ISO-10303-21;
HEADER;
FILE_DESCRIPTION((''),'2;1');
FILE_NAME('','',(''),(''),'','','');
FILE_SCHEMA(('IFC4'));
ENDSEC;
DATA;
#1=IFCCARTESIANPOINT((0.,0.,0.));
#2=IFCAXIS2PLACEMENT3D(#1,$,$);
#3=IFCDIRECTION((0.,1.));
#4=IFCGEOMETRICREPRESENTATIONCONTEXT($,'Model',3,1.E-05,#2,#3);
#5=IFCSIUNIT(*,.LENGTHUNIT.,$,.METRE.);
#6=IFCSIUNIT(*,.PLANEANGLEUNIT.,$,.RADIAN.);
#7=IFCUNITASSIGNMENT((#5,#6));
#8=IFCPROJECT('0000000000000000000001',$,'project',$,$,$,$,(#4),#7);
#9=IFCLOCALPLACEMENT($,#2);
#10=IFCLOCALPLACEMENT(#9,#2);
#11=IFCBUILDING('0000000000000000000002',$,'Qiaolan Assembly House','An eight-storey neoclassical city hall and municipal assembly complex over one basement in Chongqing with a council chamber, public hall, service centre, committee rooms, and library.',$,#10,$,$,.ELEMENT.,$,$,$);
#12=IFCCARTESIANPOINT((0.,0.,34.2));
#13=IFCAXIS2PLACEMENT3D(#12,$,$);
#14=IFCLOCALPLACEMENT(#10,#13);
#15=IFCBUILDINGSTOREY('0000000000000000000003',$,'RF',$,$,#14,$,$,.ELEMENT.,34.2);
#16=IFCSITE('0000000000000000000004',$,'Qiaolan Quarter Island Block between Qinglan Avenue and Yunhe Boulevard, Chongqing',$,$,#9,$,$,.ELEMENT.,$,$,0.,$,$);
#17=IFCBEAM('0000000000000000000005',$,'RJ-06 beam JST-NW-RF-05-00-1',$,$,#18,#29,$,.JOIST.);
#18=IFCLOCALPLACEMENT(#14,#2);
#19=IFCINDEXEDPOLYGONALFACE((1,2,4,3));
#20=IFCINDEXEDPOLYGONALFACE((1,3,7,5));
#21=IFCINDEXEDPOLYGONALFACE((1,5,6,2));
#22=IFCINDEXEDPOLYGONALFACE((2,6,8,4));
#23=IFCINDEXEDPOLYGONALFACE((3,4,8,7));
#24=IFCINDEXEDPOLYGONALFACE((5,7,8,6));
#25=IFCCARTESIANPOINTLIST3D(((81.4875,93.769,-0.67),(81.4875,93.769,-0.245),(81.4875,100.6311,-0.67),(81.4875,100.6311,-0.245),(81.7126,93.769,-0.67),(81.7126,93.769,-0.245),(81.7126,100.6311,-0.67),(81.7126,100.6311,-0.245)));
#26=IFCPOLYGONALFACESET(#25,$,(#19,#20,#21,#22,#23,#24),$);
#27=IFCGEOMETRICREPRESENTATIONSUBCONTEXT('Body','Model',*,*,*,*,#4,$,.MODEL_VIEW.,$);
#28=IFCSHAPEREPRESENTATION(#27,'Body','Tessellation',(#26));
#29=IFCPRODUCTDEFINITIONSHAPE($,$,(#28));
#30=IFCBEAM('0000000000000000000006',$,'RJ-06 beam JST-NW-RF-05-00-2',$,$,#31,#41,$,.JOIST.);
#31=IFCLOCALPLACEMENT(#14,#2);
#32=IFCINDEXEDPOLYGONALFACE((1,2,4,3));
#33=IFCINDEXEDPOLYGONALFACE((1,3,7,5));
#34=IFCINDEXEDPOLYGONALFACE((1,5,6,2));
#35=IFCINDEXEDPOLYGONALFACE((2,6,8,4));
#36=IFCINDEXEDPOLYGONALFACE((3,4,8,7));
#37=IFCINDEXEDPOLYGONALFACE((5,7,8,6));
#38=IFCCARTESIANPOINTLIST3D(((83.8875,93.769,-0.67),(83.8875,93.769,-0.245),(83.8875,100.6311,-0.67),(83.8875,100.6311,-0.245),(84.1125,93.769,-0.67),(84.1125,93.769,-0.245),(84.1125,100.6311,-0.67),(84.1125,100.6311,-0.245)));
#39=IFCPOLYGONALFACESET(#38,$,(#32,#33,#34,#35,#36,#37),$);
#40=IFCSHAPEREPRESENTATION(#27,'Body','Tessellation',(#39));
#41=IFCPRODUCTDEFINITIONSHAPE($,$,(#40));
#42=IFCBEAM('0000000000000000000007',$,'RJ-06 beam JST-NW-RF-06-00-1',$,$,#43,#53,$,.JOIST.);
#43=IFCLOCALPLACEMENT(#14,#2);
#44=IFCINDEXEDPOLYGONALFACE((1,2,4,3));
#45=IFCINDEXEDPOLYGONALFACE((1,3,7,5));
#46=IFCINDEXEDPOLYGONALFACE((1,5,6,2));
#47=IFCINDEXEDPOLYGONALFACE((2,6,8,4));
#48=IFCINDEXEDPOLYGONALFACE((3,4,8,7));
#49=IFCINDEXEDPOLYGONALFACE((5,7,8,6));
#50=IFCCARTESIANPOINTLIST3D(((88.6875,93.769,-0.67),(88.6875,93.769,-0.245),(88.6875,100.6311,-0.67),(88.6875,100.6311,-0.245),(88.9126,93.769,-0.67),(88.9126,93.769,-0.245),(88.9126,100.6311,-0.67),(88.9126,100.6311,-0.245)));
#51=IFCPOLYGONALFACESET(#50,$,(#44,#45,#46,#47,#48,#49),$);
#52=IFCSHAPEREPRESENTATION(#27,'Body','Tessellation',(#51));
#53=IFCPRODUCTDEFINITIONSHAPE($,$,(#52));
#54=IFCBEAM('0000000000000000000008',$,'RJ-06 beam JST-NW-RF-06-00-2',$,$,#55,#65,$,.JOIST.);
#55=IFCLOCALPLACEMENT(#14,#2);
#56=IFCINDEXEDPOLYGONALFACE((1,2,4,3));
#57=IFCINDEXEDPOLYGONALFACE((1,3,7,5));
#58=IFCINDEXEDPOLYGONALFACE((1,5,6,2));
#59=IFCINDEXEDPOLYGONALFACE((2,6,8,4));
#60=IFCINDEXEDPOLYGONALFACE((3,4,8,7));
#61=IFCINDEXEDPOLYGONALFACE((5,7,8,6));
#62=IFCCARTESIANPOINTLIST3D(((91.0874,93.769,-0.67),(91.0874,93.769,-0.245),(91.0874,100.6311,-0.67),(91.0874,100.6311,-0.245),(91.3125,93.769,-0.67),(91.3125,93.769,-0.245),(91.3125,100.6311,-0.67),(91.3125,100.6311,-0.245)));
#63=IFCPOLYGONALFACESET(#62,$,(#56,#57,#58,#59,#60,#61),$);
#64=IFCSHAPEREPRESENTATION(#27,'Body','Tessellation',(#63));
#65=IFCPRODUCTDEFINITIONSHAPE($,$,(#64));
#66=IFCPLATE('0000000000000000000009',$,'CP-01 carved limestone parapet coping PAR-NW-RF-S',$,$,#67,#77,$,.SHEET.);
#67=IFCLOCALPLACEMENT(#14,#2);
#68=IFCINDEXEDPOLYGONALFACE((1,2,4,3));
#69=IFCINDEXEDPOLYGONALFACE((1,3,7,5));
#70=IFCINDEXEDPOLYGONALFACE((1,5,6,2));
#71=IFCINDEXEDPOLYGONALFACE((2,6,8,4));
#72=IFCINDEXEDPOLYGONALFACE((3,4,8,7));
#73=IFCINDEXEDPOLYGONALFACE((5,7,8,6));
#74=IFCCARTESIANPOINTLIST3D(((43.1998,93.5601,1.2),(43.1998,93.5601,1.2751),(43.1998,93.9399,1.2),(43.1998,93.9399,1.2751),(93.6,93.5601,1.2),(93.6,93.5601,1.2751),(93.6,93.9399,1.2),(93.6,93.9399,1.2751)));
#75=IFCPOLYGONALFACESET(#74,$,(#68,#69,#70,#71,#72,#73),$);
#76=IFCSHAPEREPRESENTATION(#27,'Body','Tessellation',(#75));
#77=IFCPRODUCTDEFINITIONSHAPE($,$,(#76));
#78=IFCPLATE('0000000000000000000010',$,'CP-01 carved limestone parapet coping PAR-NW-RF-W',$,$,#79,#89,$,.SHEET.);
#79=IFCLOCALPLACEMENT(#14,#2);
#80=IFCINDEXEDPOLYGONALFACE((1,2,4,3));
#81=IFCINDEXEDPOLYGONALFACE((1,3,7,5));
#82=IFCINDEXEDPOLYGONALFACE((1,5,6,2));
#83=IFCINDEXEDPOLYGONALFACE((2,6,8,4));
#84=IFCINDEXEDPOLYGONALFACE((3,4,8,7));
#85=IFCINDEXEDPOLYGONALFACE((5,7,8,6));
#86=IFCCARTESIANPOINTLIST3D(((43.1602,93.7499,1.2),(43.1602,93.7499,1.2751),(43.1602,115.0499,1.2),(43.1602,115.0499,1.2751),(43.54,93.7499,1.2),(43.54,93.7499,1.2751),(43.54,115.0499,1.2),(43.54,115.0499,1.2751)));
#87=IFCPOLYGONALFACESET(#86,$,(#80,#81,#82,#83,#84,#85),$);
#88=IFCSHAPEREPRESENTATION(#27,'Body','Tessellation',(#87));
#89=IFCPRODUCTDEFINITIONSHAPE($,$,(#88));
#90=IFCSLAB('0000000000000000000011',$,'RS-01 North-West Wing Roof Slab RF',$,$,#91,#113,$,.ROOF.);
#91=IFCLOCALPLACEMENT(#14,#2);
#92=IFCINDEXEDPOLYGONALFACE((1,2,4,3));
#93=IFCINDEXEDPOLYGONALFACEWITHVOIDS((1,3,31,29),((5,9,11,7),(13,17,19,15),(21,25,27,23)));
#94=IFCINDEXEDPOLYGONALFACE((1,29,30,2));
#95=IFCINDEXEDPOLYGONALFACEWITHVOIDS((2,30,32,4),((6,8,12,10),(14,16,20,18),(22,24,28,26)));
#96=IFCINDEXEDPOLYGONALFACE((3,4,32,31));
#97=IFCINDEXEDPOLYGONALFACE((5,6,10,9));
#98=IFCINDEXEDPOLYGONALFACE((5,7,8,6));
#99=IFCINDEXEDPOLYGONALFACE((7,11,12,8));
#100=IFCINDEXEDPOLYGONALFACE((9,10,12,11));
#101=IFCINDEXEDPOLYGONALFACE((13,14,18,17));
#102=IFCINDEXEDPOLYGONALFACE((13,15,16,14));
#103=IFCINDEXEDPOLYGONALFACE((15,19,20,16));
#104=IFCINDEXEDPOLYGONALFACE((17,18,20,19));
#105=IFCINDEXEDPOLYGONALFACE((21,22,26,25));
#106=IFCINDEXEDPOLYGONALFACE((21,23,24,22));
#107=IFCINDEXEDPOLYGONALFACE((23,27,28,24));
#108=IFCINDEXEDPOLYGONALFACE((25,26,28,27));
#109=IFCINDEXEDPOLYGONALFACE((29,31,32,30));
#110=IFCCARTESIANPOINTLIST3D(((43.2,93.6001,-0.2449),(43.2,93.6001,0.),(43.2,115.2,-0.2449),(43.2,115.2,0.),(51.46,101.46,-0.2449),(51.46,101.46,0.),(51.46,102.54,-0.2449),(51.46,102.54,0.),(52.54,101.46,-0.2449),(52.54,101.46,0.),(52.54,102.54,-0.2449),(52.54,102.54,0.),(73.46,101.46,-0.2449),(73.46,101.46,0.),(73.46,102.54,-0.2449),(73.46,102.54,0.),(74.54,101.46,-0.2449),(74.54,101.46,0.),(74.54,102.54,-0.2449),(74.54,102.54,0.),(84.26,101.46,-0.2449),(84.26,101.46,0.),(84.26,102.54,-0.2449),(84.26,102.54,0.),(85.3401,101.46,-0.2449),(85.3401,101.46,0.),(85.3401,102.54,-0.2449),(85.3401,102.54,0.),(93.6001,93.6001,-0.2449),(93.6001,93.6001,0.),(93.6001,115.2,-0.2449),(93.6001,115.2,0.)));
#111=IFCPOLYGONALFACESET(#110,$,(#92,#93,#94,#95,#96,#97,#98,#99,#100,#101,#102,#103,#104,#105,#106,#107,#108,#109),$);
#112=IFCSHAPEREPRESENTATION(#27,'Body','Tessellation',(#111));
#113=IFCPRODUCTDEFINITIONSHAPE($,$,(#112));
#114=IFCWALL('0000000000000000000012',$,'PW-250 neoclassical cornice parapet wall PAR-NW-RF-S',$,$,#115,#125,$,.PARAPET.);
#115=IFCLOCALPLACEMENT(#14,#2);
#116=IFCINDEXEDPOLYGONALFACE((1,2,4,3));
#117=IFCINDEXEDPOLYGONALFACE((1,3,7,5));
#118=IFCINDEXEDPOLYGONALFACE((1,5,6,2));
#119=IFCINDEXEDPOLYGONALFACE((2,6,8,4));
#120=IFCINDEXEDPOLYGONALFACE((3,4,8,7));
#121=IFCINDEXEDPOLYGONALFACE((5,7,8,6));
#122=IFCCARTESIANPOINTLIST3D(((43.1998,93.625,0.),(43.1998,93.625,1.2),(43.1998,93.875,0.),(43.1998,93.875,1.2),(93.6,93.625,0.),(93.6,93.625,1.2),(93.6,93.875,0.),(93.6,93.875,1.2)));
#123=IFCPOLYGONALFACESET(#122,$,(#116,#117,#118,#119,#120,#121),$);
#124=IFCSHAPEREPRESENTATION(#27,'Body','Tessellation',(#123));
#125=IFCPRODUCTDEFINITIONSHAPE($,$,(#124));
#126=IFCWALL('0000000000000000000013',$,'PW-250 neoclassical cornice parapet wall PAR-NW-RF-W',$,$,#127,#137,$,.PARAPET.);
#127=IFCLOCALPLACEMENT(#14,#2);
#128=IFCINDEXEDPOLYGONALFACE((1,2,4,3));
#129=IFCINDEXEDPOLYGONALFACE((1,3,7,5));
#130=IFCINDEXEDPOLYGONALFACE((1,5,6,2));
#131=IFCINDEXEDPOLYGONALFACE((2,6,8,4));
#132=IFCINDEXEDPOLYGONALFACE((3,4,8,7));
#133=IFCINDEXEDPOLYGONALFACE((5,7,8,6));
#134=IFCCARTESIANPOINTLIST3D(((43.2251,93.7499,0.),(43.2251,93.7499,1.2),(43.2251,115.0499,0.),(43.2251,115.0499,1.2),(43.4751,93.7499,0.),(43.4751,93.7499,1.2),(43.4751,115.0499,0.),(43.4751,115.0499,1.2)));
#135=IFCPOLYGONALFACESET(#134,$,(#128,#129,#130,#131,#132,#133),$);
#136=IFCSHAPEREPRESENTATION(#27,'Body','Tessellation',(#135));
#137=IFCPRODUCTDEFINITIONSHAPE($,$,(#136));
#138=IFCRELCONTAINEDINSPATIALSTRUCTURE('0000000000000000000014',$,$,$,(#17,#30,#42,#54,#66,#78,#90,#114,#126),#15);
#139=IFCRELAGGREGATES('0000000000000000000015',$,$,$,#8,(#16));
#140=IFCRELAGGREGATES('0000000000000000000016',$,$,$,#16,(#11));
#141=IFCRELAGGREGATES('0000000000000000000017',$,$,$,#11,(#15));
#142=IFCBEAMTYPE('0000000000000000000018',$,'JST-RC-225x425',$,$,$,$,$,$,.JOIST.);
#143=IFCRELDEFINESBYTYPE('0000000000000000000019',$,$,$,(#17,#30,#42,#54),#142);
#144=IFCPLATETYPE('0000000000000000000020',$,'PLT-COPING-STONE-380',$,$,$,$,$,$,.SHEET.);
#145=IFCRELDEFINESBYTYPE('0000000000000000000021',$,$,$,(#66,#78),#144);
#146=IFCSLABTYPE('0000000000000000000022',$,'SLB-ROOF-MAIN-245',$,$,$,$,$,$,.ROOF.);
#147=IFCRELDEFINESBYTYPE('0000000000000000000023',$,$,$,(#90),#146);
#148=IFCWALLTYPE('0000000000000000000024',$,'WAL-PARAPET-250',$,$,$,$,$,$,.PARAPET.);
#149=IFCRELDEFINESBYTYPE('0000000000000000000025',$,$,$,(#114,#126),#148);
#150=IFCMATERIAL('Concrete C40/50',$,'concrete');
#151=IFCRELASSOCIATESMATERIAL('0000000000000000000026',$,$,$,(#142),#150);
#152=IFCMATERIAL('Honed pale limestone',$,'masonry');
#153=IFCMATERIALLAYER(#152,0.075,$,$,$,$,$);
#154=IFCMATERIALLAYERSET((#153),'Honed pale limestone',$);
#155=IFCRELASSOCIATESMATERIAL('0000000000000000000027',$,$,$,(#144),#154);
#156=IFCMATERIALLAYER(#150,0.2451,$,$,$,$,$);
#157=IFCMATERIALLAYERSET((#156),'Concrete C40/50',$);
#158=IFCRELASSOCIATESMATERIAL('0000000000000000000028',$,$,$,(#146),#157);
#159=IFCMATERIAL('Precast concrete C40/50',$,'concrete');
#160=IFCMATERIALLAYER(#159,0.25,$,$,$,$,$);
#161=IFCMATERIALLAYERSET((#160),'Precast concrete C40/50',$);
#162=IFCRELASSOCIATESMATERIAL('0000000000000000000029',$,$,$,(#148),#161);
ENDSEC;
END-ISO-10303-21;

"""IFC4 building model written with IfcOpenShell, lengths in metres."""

from ifc_helpers import new_model, si_unit, direction, frame, frame_2d, origin, origin_2d, place, context, subcontext, project, spatial, polyline, rectangle, outline, extrude, material, layer, layer_set, material_profile, profile_set, type_object, element, save


model = new_model("IFC4")

# Units and contexts
model_context = context("Model", 3, precision=1e-05, world=origin(), true_north=direction((0.0, 1.0)))
body_context = subcontext(model_context, "Body", "Model", "MODEL_VIEW")
ifc_project = project(units=[si_unit("LENGTHUNIT", "METRE"), si_unit("PLANEANGLEUNIT", "RADIAN")], contexts=[model_context])

# Site, building, storey
site_placement = place(None, origin())
site = spatial("IfcSite", under=ifc_project, at=site_placement, Name="Qiaolan Quarter Island Block between Qinglan Avenue and Yunhe Boulevard, Chongqing", CompositionType="ELEMENT", RefElevation=0.0)
building_placement = place(site_placement, origin())
building = spatial("IfcBuilding", under=site, at=building_placement, Name="Qiaolan Assembly House", Description="An eight-storey neoclassical city hall and municipal assembly complex over one basement in Chongqing with a council chamber, public hall, service centre, committee rooms, and library.", CompositionType="ELEMENT")
storey_placement = place(building_placement, frame((0.0, 0.0, 34.2)))
storey = spatial("IfcBuildingStorey", under=building, at=storey_placement, Name="RF", CompositionType="ELEMENT", Elevation=34.2)

# Beams
ifc_material_1 = material(Name="Concrete C40/50", Category="concrete")
ifc_material_profile_1 = material_profile(ifc_material_1, rectangle(XDim=0.2251, YDim=0.425, at=origin_2d()), Name="RCB 225x425")
ifc_profile_set_1 = profile_set([ifc_material_profile_1], Name="Concrete C40/50")
beam_type_1 = type_object("IfcBeamType", Name="JST-RC-225x425", PredefinedType="JOIST", material=ifc_profile_set_1)
for number, where, z_axis, x_axis, name in (
    (1, (81.6001, 93.769, -0.4575), (0.0, 1.0, 0.0), (-1.0, 0.0, 0.0), "RJ-06 beam JST-NW-RF-05-00-1"),
    (2, (84.0, 93.769, -0.4575), (0.0, 1.0, 0.0), (-1.0, 0.0, 0.0), "RJ-06 beam JST-NW-RF-05-00-2"),
    (3, (88.8, 93.769, -0.4575), (0.0, 1.0, 0.0), (-1.0, 0.0, 0.0), "RJ-06 beam JST-NW-RF-06-00-1"),
    (4, (91.2, 93.769, -0.4575), (0.0, 1.0, 0.0), (-1.0, 0.0, 0.0), "RJ-06 beam JST-NW-RF-06-00-2"),
):
    element("IfcBeam", number, at=place(storey_placement, frame(where, z_axis=z_axis, x_axis=x_axis)), inside=storey, type_object=beam_type_1, Name=name, PredefinedType="JOIST", context=body_context, shape_type="SweptSolid", body=[
        extrude(rectangle(XDim=0.2251, YDim=0.425, at=origin_2d()), origin(), (0.0, 0.0, 1.0), 6.8621),
    ])

# Plates
ifc_material_2 = material(Name="Honed pale limestone", Category="masonry")
ifc_layer_1 = layer(ifc_material_2, 0.075)
ifc_layer_set_1 = layer_set([ifc_layer_1], Name="Honed pale limestone")
plate_type = type_object("IfcPlateType", Name="PLT-COPING-STONE-380", PredefinedType="SHEET", material=ifc_layer_set_1)
plate_1_placement = place(storey_placement, frame((93.6001, 93.75, 1.2), z_axis=(0.0, 0.0, 1.0), x_axis=(-1.0, 0.0, 0.0)))
element("IfcPlate", 5, at=plate_1_placement, inside=storey, type_object=plate_type, Name="CP-01 carved limestone parapet coping PAR-NW-RF-S", PredefinedType="SHEET", context=body_context, shape_type="SweptSolid", body=[
    extrude(rectangle(XDim=50.4001, YDim=0.3799, at=frame_2d((25.2002, 0.0))), origin(), (0.0, 0.0, 1.0), 0.0752),
])
plate_2_placement = place(storey_placement, frame((43.3501, 93.75, 1.2), z_axis=(0.0, 0.0, 1.0), x_axis=(0.0, 1.0, 0.0)))
element("IfcPlate", 6, at=plate_2_placement, inside=storey, type_object=plate_type, Name="CP-01 carved limestone parapet coping PAR-NW-RF-W", PredefinedType="SHEET", context=body_context, shape_type="SweptSolid", body=[
    extrude(rectangle(XDim=21.3, YDim=0.3799, at=frame_2d((10.6499, 0.0))), origin(), (0.0, 0.0, 1.0), 0.0752),
])

# Slab, openings
ifc_layer_2 = layer(ifc_material_1, 0.2451)
ifc_layer_set_2 = layer_set([ifc_layer_2], Name="Concrete C40/50")
slab_type = type_object("IfcSlabType", Name="SLB-ROOF-MAIN-245", PredefinedType="ROOF", material=ifc_layer_set_2)
slab_placement = place(storey_placement, frame((0.0, 0.0, -0.2449)))
slab = element("IfcSlab", 7, at=slab_placement, inside=storey, type_object=slab_type, Name="RS-01 North-West Wing Roof Slab RF", PredefinedType="ROOF", context=body_context, shape_type="SweptSolid", body=[
    extrude(outline(polyline([(43.2, 93.6001), (93.6001, 93.6001), (93.6001, 115.2), (43.2, 115.2), (43.2, 93.6001)]), holes=[polyline([(51.46, 101.46), (51.46, 102.54), (52.54, 102.54), (52.54, 101.46), (51.46, 101.46)]), polyline([(73.46, 101.46), (73.46, 102.54), (74.54, 102.54), (74.54, 101.46), (73.46, 101.46)]), polyline([(84.26, 101.46), (84.26, 102.54), (85.3401, 102.54), (85.3401, 101.46), (84.26, 101.46)])]), origin(), (0.0, 0.0, 1.0), 0.2449),
])
opening_1_placement = place(storey_placement, frame((52.0, 102.0, -0.25)))
element("IfcOpeningElement", 8, at=opening_1_placement, cuts=slab, PredefinedType="OPENING", context=body_context, shape_type="SweptSolid", body=[
    extrude(rectangle(XDim=1.08, YDim=1.08, at=origin_2d()), frame((0.0, 0.0, -0.05)), (0.0, 0.0, 1.0), 0.3501),
])
opening_2_placement = place(storey_placement, frame((74.0, 102.0, -0.25)))
element("IfcOpeningElement", 9, at=opening_2_placement, cuts=slab, PredefinedType="OPENING", context=body_context, shape_type="SweptSolid", body=[
    extrude(rectangle(XDim=1.08, YDim=1.08, at=origin_2d()), frame((0.0, 0.0, -0.05)), (0.0, 0.0, 1.0), 0.3501),
])
opening_3_placement = place(storey_placement, frame((84.8, 102.0, -0.25)))
element("IfcOpeningElement", 10, at=opening_3_placement, cuts=slab, PredefinedType="OPENING", context=body_context, shape_type="SweptSolid", body=[
    extrude(rectangle(XDim=1.08, YDim=1.08, at=origin_2d()), frame((0.0, 0.0, -0.05)), (0.0, 0.0, 1.0), 0.3501),
])

# Walls
ifc_material_3 = material(Name="Precast concrete C40/50", Category="concrete")
ifc_layer_3 = layer(ifc_material_3, 0.25)
ifc_layer_set_3 = layer_set([ifc_layer_3], Name="Precast concrete C40/50")
wall_type = type_object("IfcWallType", Name="WAL-PARAPET-250", PredefinedType="PARAPET", material=ifc_layer_set_3)
wall_1_placement = place(storey_placement, frame((93.6001, 93.75, 0.0), z_axis=(0.0, 0.0, 1.0), x_axis=(-1.0, 0.0, 0.0)))
element("IfcWall", 11, at=wall_1_placement, inside=storey, type_object=wall_type, Name="PW-250 neoclassical cornice parapet wall PAR-NW-RF-S", PredefinedType="PARAPET", context=body_context, shape_type="SweptSolid", body=[
    extrude(rectangle(XDim=50.4001, YDim=0.25, at=frame_2d((25.2002, 0.0))), origin(), (0.0, 0.0, 1.0), 1.2),
])
wall_2_placement = place(storey_placement, frame((43.3501, 93.75, 0.0), z_axis=(0.0, 0.0, 1.0), x_axis=(0.0, 1.0, 0.0)))
element("IfcWall", 12, at=wall_2_placement, inside=storey, type_object=wall_type, Name="PW-250 neoclassical cornice parapet wall PAR-NW-RF-W", PredefinedType="PARAPET", context=body_context, shape_type="SweptSolid", body=[
    extrude(rectangle(XDim=21.3, YDim=0.25, at=frame_2d((10.6499, 0.0))), origin(), (0.0, 0.0, 1.0), 1.2),
])

save(model, "model.ifc")
